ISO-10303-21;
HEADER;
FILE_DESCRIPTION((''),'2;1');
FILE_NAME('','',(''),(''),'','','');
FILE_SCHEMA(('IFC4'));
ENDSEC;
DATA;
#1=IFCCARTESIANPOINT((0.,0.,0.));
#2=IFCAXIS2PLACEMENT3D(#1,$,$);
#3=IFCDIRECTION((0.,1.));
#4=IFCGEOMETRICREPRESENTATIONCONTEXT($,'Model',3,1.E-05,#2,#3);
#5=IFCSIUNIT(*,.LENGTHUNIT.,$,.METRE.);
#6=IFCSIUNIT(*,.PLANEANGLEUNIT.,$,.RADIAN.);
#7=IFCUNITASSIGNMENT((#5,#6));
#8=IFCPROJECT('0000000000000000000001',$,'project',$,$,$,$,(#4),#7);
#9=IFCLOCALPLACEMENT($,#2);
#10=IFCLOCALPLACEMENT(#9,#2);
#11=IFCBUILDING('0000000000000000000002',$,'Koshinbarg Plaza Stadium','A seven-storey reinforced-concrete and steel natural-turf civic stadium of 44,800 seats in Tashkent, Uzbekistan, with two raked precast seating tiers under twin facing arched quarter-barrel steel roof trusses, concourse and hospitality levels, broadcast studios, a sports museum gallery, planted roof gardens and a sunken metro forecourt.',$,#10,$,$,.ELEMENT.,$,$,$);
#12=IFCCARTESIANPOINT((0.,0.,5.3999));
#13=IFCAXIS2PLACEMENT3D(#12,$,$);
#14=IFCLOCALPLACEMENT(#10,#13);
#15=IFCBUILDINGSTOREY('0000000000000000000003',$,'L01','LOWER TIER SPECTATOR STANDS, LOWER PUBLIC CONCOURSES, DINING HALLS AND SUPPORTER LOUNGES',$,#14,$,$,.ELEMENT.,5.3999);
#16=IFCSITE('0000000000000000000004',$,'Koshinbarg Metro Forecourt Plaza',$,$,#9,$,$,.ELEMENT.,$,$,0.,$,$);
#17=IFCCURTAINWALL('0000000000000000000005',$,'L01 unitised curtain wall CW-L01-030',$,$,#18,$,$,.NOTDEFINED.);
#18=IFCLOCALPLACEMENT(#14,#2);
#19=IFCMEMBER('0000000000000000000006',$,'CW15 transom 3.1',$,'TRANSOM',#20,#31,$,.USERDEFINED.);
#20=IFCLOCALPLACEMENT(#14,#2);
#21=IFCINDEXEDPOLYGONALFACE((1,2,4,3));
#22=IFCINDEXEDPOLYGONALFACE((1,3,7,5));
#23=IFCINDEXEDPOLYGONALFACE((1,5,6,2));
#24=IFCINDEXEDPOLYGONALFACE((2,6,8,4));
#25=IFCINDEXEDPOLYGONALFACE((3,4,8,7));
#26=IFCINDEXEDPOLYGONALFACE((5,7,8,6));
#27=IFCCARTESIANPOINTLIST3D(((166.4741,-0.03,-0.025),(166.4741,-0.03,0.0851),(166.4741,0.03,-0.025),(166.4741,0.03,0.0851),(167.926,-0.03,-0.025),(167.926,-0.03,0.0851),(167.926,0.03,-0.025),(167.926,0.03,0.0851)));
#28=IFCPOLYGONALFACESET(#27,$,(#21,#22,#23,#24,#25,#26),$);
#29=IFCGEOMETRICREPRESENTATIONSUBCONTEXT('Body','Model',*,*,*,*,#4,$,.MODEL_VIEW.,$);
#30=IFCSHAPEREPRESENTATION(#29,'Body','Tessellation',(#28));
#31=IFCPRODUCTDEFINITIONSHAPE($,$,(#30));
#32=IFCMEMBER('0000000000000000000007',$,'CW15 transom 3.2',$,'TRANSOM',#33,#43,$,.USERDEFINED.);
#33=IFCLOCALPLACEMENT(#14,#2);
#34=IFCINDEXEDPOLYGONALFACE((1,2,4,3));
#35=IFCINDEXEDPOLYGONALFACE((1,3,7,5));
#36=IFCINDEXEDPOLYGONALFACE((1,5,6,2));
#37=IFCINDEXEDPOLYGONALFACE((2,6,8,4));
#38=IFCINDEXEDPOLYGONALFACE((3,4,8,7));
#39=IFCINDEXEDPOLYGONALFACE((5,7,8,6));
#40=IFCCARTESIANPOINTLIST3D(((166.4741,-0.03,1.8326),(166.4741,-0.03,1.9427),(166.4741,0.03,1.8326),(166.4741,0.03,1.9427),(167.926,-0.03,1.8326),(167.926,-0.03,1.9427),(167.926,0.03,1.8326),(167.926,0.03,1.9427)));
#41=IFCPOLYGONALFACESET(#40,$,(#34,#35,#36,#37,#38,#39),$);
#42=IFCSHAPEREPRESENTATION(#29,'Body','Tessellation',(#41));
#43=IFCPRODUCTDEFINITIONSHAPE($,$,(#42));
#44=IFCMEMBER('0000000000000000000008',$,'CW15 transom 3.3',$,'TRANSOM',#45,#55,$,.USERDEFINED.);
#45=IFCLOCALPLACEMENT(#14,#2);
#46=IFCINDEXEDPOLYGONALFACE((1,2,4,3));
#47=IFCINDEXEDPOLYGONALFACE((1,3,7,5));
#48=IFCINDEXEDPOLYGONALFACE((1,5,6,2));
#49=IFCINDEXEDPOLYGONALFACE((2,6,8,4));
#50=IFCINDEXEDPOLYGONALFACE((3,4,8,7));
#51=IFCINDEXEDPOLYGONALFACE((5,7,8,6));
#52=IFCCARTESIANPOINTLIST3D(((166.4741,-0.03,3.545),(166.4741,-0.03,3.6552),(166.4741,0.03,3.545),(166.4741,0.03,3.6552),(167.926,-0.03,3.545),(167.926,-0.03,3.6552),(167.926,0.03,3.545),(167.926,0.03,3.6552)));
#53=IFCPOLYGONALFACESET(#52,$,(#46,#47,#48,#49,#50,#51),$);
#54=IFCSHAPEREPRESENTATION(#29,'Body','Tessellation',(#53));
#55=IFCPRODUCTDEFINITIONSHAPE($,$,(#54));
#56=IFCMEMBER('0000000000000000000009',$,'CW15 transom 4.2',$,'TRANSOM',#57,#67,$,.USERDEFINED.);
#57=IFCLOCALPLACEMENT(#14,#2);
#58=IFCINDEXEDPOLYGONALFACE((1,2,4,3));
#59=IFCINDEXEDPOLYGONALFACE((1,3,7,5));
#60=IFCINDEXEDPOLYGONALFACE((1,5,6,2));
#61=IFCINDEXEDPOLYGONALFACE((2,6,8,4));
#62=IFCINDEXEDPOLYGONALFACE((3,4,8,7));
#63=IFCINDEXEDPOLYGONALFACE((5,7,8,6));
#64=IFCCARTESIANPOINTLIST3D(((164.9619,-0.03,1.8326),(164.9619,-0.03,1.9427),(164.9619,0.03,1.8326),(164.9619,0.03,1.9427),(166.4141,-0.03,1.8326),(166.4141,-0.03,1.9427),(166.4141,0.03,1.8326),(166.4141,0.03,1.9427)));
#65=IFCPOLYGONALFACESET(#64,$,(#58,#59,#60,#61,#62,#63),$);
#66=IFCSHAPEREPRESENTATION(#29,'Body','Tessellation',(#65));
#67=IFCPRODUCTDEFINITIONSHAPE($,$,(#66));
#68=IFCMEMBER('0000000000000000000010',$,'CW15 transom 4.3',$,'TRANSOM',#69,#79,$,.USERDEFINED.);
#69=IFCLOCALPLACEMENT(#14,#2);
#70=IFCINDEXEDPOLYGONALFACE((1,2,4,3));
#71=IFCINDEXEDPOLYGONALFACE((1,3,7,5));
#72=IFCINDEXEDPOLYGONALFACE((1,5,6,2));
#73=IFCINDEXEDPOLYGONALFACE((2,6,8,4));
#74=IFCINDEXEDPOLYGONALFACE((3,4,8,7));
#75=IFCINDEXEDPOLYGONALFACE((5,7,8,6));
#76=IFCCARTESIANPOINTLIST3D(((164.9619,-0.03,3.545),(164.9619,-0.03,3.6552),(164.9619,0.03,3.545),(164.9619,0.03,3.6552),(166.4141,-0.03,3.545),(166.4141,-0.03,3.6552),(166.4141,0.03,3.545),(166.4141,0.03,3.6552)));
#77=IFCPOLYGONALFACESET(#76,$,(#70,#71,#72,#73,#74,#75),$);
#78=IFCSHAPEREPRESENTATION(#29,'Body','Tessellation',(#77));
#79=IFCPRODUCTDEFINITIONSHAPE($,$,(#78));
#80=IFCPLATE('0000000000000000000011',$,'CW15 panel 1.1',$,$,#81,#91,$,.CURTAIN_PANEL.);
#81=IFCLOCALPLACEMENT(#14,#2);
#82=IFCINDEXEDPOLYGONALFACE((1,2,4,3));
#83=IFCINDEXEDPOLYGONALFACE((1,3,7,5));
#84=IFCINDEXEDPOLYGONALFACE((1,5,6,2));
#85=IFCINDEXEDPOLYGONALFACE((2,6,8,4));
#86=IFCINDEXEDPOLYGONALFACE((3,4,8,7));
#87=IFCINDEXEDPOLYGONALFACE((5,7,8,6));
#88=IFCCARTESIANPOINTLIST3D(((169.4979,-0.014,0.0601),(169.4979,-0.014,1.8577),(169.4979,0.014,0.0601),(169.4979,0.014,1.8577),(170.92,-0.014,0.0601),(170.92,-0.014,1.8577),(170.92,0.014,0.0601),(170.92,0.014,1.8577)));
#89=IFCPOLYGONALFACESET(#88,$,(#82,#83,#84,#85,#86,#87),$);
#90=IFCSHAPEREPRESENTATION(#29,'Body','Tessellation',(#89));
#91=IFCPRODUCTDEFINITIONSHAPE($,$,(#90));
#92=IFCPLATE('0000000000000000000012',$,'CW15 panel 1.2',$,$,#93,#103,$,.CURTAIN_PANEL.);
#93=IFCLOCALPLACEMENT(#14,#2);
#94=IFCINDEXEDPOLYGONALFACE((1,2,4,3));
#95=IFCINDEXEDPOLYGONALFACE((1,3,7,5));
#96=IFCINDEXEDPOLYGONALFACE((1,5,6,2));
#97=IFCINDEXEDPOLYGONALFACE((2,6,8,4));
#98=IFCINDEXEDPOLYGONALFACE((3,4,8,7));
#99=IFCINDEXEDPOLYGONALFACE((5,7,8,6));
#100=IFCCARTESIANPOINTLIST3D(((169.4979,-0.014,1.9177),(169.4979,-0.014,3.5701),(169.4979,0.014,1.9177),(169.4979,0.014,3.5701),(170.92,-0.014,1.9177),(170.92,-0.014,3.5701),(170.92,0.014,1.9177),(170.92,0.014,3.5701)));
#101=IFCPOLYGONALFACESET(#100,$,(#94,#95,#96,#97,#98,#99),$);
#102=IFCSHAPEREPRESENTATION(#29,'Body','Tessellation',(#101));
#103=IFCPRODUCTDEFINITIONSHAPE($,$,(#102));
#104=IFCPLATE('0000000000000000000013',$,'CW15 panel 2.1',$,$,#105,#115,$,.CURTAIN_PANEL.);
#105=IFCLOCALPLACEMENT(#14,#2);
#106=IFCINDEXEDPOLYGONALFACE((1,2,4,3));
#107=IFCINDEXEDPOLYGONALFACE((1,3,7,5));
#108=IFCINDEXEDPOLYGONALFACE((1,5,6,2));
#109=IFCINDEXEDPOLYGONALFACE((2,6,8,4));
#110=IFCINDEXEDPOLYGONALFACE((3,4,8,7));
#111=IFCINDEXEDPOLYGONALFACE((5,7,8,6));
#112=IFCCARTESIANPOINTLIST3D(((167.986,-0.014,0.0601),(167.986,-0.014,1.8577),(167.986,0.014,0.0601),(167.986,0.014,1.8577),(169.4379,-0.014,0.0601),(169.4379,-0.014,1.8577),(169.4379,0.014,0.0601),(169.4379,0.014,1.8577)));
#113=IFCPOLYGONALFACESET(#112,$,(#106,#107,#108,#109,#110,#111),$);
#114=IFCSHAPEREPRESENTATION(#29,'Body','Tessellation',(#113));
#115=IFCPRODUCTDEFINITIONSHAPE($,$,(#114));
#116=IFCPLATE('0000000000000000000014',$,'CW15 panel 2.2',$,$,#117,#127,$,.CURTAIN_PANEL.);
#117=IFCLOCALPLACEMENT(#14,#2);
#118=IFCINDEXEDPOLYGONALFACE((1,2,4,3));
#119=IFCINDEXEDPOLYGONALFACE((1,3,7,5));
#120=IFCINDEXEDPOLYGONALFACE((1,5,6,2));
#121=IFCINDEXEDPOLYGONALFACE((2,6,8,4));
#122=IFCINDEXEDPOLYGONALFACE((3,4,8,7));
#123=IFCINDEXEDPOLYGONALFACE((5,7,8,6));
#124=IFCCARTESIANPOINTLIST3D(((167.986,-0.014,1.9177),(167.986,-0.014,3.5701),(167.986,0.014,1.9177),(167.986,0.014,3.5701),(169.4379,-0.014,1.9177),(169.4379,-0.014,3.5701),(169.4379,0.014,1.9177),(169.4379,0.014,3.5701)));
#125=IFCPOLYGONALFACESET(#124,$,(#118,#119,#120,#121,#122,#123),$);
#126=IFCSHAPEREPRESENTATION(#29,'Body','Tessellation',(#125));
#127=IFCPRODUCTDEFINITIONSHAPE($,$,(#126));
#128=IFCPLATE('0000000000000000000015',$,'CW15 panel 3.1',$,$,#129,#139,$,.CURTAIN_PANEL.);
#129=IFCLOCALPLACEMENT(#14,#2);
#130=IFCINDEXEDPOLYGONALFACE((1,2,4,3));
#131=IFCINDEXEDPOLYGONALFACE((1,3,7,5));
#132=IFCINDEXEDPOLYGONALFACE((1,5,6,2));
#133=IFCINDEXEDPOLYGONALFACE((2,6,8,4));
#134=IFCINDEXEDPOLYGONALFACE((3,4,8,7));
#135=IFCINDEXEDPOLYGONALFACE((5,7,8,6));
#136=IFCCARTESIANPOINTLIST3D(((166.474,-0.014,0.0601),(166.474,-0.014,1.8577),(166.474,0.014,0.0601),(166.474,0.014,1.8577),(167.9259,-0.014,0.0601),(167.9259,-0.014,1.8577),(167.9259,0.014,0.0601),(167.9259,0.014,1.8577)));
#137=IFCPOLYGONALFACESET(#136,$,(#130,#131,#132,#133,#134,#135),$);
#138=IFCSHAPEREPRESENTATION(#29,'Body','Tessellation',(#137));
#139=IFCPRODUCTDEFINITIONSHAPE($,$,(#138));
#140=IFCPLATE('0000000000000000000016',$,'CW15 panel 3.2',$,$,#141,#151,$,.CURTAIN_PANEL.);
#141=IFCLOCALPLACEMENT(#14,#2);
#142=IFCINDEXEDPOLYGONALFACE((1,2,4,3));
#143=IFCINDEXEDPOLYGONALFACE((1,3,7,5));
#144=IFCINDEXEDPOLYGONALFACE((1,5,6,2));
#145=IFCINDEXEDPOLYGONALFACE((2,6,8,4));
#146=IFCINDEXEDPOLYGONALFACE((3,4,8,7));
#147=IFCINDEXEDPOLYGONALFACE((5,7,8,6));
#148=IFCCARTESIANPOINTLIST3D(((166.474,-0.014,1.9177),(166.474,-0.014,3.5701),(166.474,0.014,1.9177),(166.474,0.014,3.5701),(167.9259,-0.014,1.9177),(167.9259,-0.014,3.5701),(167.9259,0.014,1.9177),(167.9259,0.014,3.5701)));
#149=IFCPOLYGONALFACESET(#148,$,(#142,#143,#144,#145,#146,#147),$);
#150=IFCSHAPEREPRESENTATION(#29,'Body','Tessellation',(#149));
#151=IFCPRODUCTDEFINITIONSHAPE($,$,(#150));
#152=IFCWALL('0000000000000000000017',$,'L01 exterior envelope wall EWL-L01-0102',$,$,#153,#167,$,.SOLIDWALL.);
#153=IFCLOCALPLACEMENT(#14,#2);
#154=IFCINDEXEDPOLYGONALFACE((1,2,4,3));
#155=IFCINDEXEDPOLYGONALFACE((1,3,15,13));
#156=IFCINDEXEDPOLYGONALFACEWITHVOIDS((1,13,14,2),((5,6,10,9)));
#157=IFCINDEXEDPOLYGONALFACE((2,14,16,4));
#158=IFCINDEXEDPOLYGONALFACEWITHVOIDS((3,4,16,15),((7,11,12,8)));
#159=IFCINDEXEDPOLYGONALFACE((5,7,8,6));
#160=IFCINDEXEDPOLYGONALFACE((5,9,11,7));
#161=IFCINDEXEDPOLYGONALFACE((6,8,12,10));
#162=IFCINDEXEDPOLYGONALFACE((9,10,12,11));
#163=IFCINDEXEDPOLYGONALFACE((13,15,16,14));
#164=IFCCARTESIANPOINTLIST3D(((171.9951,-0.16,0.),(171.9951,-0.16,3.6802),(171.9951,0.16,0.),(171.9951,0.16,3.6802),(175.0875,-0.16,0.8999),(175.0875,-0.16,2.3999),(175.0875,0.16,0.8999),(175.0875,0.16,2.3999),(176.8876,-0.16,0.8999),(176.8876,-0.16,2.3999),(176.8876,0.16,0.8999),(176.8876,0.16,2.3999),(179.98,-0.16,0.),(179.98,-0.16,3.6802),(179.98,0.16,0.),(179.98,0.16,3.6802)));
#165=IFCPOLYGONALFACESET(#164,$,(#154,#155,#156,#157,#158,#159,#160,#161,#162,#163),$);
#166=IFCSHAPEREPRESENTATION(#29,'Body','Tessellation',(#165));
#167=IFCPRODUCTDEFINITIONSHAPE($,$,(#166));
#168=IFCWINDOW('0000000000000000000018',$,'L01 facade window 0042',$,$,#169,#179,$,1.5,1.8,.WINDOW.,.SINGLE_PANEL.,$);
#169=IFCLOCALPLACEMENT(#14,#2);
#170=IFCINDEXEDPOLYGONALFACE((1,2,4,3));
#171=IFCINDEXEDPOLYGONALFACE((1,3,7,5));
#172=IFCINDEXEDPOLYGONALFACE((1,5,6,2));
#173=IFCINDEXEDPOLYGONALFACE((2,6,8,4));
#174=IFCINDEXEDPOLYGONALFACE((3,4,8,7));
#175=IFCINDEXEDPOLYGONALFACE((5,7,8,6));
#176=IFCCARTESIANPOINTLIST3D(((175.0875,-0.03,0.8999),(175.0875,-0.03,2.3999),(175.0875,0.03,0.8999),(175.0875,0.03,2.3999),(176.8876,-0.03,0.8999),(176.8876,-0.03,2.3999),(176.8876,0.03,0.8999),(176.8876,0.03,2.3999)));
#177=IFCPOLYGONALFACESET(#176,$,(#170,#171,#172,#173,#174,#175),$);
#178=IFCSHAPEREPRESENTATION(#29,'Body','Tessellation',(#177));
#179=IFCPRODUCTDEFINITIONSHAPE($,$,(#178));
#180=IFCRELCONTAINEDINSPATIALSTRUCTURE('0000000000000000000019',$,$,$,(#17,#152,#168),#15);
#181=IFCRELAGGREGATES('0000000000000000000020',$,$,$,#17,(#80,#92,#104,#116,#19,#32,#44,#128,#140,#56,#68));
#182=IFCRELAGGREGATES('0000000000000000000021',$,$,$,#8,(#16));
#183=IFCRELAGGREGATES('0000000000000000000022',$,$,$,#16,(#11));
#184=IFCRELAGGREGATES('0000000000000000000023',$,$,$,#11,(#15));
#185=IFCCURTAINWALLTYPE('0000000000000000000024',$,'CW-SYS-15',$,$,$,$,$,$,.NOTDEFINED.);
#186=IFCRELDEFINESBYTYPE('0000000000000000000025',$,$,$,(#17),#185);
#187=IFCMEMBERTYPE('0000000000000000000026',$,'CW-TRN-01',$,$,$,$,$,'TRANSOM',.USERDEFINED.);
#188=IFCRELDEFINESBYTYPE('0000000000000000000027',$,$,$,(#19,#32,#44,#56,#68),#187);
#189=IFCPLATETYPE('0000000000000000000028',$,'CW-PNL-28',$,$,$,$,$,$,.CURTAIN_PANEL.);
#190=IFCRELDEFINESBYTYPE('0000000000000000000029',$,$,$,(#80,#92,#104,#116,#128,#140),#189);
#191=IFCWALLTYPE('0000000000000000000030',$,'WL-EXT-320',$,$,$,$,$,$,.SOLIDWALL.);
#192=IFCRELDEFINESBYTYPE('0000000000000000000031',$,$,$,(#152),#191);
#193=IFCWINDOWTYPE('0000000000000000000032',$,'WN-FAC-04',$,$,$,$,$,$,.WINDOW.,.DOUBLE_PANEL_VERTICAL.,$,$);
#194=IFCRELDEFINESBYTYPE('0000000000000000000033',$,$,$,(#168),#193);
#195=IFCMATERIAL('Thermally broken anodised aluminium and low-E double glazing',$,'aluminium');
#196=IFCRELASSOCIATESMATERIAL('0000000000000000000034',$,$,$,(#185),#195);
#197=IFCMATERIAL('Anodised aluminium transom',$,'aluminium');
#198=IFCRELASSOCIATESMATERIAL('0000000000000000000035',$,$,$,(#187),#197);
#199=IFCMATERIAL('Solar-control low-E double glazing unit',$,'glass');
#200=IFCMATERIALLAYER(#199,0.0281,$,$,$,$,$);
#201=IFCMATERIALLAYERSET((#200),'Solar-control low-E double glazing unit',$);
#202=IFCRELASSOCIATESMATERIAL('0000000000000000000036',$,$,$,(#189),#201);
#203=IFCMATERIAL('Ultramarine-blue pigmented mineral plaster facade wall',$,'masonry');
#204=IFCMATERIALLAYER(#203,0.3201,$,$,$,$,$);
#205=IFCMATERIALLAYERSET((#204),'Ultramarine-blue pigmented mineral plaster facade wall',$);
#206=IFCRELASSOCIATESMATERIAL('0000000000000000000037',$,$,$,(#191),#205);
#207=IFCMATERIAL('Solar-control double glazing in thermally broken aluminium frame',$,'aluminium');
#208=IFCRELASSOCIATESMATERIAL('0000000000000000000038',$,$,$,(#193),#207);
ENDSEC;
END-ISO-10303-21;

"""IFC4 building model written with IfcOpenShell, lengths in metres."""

from ifc_helpers import new_model, si_unit, direction, frame, frame_2d, origin, origin_2d, place, context, subcontext, project, spatial, rectangle, extrude, material, layer, layer_set, material_profile, profile_set, type_object, element, fill, aggregate, save


model = new_model("IFC4")

# Units and contexts
model_context = context("Model", 3, precision=1e-05, world=origin(), true_north=direction((0.0, 1.0)))
body_context = subcontext(model_context, "Body", "Model", "MODEL_VIEW")
ifc_project = project(units=[si_unit("LENGTHUNIT", "METRE"), si_unit("PLANEANGLEUNIT", "RADIAN")], contexts=[model_context])

# Site, building, storey
site_placement = place(None, origin())
site = spatial("IfcSite", under=ifc_project, at=site_placement, Name="Koshinbarg Metro Forecourt Plaza", CompositionType="ELEMENT", RefElevation=0.0)
building_placement = place(site_placement, origin())
building = spatial("IfcBuilding", under=site, at=building_placement, Name="Koshinbarg Plaza Stadium", Description="A seven-storey reinforced-concrete and steel natural-turf civic stadium of 44,800 seats in Tashkent, Uzbekistan, with two raked precast seating tiers under twin facing arched quarter-barrel steel roof trusses, concourse and hospitality levels, broadcast studios, a sports museum gallery, planted roof gardens and a sunken metro forecourt.", CompositionType="ELEMENT")
storey_placement = place(building_placement, frame((0.0, 0.0, 5.3999)))
storey = spatial("IfcBuildingStorey", under=building, at=storey_placement, Name="L01", Description="LOWER TIER SPECTATOR STANDS, LOWER PUBLIC CONCOURSES, DINING HALLS AND SUPPORTER LOUNGES", CompositionType="ELEMENT", Elevation=5.3999)

# Curtain wall, members, plates
ifc_material_1 = material(Name="Thermally broken anodised aluminium and low-E double glazing", Category="aluminium")
curtain_wall_type = type_object("IfcCurtainWallType", Name="CW-SYS-15", PredefinedType="NOTDEFINED", material=ifc_material_1)
curtain_wall_placement = place(storey_placement, origin())
curtain_wall = element("IfcCurtainWall", 1, at=curtain_wall_placement, inside=storey, type_object=curtain_wall_type, Name="L01 unitised curtain wall CW-L01-030", PredefinedType="NOTDEFINED")
ifc_material_2 = material(Name="Anodised aluminium transom", Category="aluminium")
ifc_material_profile_1 = material_profile(ifc_material_2, rectangle(XDim=0.0601, YDim=0.1101, at=origin_2d()), Name="ALU 60x110")
ifc_profile_set_1 = profile_set([ifc_material_profile_1], Name="Anodised aluminium transom")
member_type_1 = type_object("IfcMemberType", Name="CW-TRN-01", ElementType="TRANSOM", PredefinedType="USERDEFINED", material=ifc_profile_set_1)
member_1_placement = place(storey_placement, frame((167.926, 0.0, 0.03), z_axis=(-1.0, 0.0, 0.0), x_axis=(0.0, -1.0, 0.0)))
member_1 = element("IfcMember", 2, at=member_1_placement, type_object=member_type_1, Name="CW15 transom 3.1", ObjectType="TRANSOM", PredefinedType="USERDEFINED", context=body_context, shape_type="SweptSolid", body=[
    extrude(rectangle(XDim=0.0601, YDim=0.1101, at=origin_2d()), origin(), (0.0, 0.0, 1.0), 1.4519),
])
member_2_placement = place(storey_placement, frame((167.926, 0.0, 1.8877), z_axis=(-1.0, 0.0, 0.0), x_axis=(0.0, -1.0, 0.0)))
member_2 = element("IfcMember", 3, at=member_2_placement, type_object=member_type_1, Name="CW15 transom 3.2", ObjectType="TRANSOM", PredefinedType="USERDEFINED", context=body_context, shape_type="SweptSolid", body=[
    extrude(rectangle(XDim=0.0601, YDim=0.1101, at=origin_2d()), origin(), (0.0, 0.0, 1.0), 1.4519),
])
member_3_placement = place(storey_placement, frame((167.926, 0.0, 3.6001), z_axis=(-1.0, 0.0, 0.0), x_axis=(0.0, -1.0, 0.0)))
member_3 = element("IfcMember", 4, at=member_3_placement, type_object=member_type_1, Name="CW15 transom 3.3", ObjectType="TRANSOM", PredefinedType="USERDEFINED", context=body_context, shape_type="SweptSolid", body=[
    extrude(rectangle(XDim=0.0601, YDim=0.1101, at=origin_2d()), origin(), (0.0, 0.0, 1.0), 1.4519),
])
member_4_placement = place(storey_placement, frame((166.4141, 0.0, 1.8877), z_axis=(-1.0, 0.0, 0.0), x_axis=(0.0, -1.0, 0.0)))
member_4 = element("IfcMember", 5, at=member_4_placement, type_object=member_type_1, Name="CW15 transom 4.2", ObjectType="TRANSOM", PredefinedType="USERDEFINED", context=body_context, shape_type="SweptSolid", body=[
    extrude(rectangle(XDim=0.0601, YDim=0.1101, at=origin_2d()), origin(), (0.0, 0.0, 1.0), 1.4521),
])
member_5_placement = place(storey_placement, frame((166.4141, 0.0, 3.6001), z_axis=(-1.0, 0.0, 0.0), x_axis=(0.0, -1.0, 0.0)))
member_5 = element("IfcMember", 6, at=member_5_placement, type_object=member_type_1, Name="CW15 transom 4.3", ObjectType="TRANSOM", PredefinedType="USERDEFINED", context=body_context, shape_type="SweptSolid", body=[
    extrude(rectangle(XDim=0.0601, YDim=0.1101, at=origin_2d()), origin(), (0.0, 0.0, 1.0), 1.4521),
])
ifc_material_3 = material(Name="Solar-control low-E double glazing unit", Category="glass")
ifc_layer_1 = layer(ifc_material_3, 0.0281)
ifc_layer_set_1 = layer_set([ifc_layer_1], Name="Solar-control low-E double glazing unit")
plate_type = type_object("IfcPlateType", Name="CW-PNL-28", PredefinedType="CURTAIN_PANEL", material=ifc_layer_set_1)
plate_1_placement = place(storey_placement, frame((170.209, 0.0, 0.0601), z_axis=(0.0, 0.0, 1.0), x_axis=(-1.0, 0.0, 0.0)))
plate_1 = element("IfcPlate", 7, at=plate_1_placement, type_object=plate_type, Name="CW15 panel 1.1", PredefinedType="CURTAIN_PANEL", context=body_context, shape_type="SweptSolid", body=[
    extrude(rectangle(XDim=1.4221, YDim=0.0281, at=origin_2d()), origin(), (0.0, 0.0, 1.0), 1.7976),
])
plate_2_placement = place(storey_placement, frame((170.209, 0.0, 1.9177), z_axis=(0.0, 0.0, 1.0), x_axis=(-1.0, 0.0, 0.0)))
plate_2 = element("IfcPlate", 8, at=plate_2_placement, type_object=plate_type, Name="CW15 panel 1.2", PredefinedType="CURTAIN_PANEL", context=body_context, shape_type="SweptSolid", body=[
    extrude(rectangle(XDim=1.4221, YDim=0.0281, at=origin_2d()), origin(), (0.0, 0.0, 1.0), 1.6523),
])
plate_3_placement = place(storey_placement, frame((168.7119, 0.0, 0.0601), z_axis=(0.0, 0.0, 1.0), x_axis=(-1.0, 0.0, 0.0)))
plate_3 = element("IfcPlate", 9, at=plate_3_placement, type_object=plate_type, Name="CW15 panel 2.1", PredefinedType="CURTAIN_PANEL", context=body_context, shape_type="SweptSolid", body=[
    extrude(rectangle(XDim=1.4519, YDim=0.0281, at=origin_2d()), origin(), (0.0, 0.0, 1.0), 1.7976),
])
plate_4_placement = place(storey_placement, frame((168.7119, 0.0, 1.9177), z_axis=(0.0, 0.0, 1.0), x_axis=(-1.0, 0.0, 0.0)))
plate_4 = element("IfcPlate", 10, at=plate_4_placement, type_object=plate_type, Name="CW15 panel 2.2", PredefinedType="CURTAIN_PANEL", context=body_context, shape_type="SweptSolid", body=[
    extrude(rectangle(XDim=1.4519, YDim=0.0281, at=origin_2d()), origin(), (0.0, 0.0, 1.0), 1.6523),
])
plate_5_placement = place(storey_placement, frame((167.2, 0.0, 0.0601), z_axis=(0.0, 0.0, 1.0), x_axis=(-1.0, 0.0, 0.0)))
plate_5 = element("IfcPlate", 11, at=plate_5_placement, type_object=plate_type, Name="CW15 panel 3.1", PredefinedType="CURTAIN_PANEL", context=body_context, shape_type="SweptSolid", body=[
    extrude(rectangle(XDim=1.4519, YDim=0.0281, at=origin_2d()), origin(), (0.0, 0.0, 1.0), 1.7976),
])
plate_6_placement = place(storey_placement, frame((167.2, 0.0, 1.9177), z_axis=(0.0, 0.0, 1.0), x_axis=(-1.0, 0.0, 0.0)))
plate_6 = element("IfcPlate", 12, at=plate_6_placement, type_object=plate_type, Name="CW15 panel 3.2", PredefinedType="CURTAIN_PANEL", context=body_context, shape_type="SweptSolid", body=[
    extrude(rectangle(XDim=1.4519, YDim=0.0281, at=origin_2d()), origin(), (0.0, 0.0, 1.0), 1.6523),
])
aggregate(curtain_wall, [plate_1, plate_2, plate_3, plate_4, member_1, member_2, member_3, plate_5, plate_6, member_4, member_5])

# Wall, opening, window
ifc_material_4 = material(Name="Ultramarine-blue pigmented mineral plaster facade wall", Category="masonry")
ifc_layer_2 = layer(ifc_material_4, 0.3201)
ifc_layer_set_2 = layer_set([ifc_layer_2], Name="Ultramarine-blue pigmented mineral plaster facade wall")
wall_type = type_object("IfcWallType", Name="WL-EXT-320", PredefinedType="SOLIDWALL", material=ifc_layer_set_2)
wall_placement = place(storey_placement, frame((179.98, 0.0, 0.0), z_axis=(0.0, 0.0, 1.0), x_axis=(-1.0, 0.0, 0.0)))
wall = element("IfcWall", 13, at=wall_placement, inside=storey, type_object=wall_type, Name="L01 exterior envelope wall EWL-L01-0102", PredefinedType="SOLIDWALL", context=body_context, shape_type="SweptSolid", body=[
    extrude(rectangle(XDim=7.9849, YDim=0.3201, at=frame_2d((3.9924, 0.0))), origin(), (0.0, 0.0, 1.0), 3.6802),
])
opening_placement = place(wall_placement, frame((3.0925, 0.0, 0.8999)))
opening = element("IfcOpeningElement", 14, at=opening_placement, cuts=wall, PredefinedType="OPENING", context=body_context, shape_type="SweptSolid", body=[
    extrude(rectangle(XDim=1.8, YDim=1.5, at=frame_2d((0.8999, 0.75))), frame((0.0, 0.1699, 0.0), z_axis=(0.0, -1.0, 0.0), x_axis=(1.0, 0.0, 0.0)), (0.0, 0.0, 1.0), 0.3401),
])
ifc_material_5 = material(Name="Solar-control double glazing in thermally broken aluminium frame", Category="aluminium")
window_type = type_object("IfcWindowType", Name="WN-FAC-04", PartitioningType="DOUBLE_PANEL_VERTICAL", PredefinedType="WINDOW", material=ifc_material_5)
window_placement = place(opening_placement, origin())
window = element("IfcWindow", 15, at=window_placement, inside=storey, type_object=window_type, Name="L01 facade window 0042", OverallHeight=1.5, OverallWidth=1.8, PartitioningType="SINGLE_PANEL", PredefinedType="WINDOW", context=body_context, shape_type="SweptSolid", body=[
    extrude(rectangle(XDim=1.8, YDim=1.5, at=frame_2d((0.8999, 0.75))), frame((0.0, 0.03, 0.0), z_axis=(0.0, -1.0, 0.0), x_axis=(1.0, 0.0, 0.0)), (0.0, 0.0, 1.0), 0.0601),
])
fill(opening, window)

save(model, "model.ifc")
